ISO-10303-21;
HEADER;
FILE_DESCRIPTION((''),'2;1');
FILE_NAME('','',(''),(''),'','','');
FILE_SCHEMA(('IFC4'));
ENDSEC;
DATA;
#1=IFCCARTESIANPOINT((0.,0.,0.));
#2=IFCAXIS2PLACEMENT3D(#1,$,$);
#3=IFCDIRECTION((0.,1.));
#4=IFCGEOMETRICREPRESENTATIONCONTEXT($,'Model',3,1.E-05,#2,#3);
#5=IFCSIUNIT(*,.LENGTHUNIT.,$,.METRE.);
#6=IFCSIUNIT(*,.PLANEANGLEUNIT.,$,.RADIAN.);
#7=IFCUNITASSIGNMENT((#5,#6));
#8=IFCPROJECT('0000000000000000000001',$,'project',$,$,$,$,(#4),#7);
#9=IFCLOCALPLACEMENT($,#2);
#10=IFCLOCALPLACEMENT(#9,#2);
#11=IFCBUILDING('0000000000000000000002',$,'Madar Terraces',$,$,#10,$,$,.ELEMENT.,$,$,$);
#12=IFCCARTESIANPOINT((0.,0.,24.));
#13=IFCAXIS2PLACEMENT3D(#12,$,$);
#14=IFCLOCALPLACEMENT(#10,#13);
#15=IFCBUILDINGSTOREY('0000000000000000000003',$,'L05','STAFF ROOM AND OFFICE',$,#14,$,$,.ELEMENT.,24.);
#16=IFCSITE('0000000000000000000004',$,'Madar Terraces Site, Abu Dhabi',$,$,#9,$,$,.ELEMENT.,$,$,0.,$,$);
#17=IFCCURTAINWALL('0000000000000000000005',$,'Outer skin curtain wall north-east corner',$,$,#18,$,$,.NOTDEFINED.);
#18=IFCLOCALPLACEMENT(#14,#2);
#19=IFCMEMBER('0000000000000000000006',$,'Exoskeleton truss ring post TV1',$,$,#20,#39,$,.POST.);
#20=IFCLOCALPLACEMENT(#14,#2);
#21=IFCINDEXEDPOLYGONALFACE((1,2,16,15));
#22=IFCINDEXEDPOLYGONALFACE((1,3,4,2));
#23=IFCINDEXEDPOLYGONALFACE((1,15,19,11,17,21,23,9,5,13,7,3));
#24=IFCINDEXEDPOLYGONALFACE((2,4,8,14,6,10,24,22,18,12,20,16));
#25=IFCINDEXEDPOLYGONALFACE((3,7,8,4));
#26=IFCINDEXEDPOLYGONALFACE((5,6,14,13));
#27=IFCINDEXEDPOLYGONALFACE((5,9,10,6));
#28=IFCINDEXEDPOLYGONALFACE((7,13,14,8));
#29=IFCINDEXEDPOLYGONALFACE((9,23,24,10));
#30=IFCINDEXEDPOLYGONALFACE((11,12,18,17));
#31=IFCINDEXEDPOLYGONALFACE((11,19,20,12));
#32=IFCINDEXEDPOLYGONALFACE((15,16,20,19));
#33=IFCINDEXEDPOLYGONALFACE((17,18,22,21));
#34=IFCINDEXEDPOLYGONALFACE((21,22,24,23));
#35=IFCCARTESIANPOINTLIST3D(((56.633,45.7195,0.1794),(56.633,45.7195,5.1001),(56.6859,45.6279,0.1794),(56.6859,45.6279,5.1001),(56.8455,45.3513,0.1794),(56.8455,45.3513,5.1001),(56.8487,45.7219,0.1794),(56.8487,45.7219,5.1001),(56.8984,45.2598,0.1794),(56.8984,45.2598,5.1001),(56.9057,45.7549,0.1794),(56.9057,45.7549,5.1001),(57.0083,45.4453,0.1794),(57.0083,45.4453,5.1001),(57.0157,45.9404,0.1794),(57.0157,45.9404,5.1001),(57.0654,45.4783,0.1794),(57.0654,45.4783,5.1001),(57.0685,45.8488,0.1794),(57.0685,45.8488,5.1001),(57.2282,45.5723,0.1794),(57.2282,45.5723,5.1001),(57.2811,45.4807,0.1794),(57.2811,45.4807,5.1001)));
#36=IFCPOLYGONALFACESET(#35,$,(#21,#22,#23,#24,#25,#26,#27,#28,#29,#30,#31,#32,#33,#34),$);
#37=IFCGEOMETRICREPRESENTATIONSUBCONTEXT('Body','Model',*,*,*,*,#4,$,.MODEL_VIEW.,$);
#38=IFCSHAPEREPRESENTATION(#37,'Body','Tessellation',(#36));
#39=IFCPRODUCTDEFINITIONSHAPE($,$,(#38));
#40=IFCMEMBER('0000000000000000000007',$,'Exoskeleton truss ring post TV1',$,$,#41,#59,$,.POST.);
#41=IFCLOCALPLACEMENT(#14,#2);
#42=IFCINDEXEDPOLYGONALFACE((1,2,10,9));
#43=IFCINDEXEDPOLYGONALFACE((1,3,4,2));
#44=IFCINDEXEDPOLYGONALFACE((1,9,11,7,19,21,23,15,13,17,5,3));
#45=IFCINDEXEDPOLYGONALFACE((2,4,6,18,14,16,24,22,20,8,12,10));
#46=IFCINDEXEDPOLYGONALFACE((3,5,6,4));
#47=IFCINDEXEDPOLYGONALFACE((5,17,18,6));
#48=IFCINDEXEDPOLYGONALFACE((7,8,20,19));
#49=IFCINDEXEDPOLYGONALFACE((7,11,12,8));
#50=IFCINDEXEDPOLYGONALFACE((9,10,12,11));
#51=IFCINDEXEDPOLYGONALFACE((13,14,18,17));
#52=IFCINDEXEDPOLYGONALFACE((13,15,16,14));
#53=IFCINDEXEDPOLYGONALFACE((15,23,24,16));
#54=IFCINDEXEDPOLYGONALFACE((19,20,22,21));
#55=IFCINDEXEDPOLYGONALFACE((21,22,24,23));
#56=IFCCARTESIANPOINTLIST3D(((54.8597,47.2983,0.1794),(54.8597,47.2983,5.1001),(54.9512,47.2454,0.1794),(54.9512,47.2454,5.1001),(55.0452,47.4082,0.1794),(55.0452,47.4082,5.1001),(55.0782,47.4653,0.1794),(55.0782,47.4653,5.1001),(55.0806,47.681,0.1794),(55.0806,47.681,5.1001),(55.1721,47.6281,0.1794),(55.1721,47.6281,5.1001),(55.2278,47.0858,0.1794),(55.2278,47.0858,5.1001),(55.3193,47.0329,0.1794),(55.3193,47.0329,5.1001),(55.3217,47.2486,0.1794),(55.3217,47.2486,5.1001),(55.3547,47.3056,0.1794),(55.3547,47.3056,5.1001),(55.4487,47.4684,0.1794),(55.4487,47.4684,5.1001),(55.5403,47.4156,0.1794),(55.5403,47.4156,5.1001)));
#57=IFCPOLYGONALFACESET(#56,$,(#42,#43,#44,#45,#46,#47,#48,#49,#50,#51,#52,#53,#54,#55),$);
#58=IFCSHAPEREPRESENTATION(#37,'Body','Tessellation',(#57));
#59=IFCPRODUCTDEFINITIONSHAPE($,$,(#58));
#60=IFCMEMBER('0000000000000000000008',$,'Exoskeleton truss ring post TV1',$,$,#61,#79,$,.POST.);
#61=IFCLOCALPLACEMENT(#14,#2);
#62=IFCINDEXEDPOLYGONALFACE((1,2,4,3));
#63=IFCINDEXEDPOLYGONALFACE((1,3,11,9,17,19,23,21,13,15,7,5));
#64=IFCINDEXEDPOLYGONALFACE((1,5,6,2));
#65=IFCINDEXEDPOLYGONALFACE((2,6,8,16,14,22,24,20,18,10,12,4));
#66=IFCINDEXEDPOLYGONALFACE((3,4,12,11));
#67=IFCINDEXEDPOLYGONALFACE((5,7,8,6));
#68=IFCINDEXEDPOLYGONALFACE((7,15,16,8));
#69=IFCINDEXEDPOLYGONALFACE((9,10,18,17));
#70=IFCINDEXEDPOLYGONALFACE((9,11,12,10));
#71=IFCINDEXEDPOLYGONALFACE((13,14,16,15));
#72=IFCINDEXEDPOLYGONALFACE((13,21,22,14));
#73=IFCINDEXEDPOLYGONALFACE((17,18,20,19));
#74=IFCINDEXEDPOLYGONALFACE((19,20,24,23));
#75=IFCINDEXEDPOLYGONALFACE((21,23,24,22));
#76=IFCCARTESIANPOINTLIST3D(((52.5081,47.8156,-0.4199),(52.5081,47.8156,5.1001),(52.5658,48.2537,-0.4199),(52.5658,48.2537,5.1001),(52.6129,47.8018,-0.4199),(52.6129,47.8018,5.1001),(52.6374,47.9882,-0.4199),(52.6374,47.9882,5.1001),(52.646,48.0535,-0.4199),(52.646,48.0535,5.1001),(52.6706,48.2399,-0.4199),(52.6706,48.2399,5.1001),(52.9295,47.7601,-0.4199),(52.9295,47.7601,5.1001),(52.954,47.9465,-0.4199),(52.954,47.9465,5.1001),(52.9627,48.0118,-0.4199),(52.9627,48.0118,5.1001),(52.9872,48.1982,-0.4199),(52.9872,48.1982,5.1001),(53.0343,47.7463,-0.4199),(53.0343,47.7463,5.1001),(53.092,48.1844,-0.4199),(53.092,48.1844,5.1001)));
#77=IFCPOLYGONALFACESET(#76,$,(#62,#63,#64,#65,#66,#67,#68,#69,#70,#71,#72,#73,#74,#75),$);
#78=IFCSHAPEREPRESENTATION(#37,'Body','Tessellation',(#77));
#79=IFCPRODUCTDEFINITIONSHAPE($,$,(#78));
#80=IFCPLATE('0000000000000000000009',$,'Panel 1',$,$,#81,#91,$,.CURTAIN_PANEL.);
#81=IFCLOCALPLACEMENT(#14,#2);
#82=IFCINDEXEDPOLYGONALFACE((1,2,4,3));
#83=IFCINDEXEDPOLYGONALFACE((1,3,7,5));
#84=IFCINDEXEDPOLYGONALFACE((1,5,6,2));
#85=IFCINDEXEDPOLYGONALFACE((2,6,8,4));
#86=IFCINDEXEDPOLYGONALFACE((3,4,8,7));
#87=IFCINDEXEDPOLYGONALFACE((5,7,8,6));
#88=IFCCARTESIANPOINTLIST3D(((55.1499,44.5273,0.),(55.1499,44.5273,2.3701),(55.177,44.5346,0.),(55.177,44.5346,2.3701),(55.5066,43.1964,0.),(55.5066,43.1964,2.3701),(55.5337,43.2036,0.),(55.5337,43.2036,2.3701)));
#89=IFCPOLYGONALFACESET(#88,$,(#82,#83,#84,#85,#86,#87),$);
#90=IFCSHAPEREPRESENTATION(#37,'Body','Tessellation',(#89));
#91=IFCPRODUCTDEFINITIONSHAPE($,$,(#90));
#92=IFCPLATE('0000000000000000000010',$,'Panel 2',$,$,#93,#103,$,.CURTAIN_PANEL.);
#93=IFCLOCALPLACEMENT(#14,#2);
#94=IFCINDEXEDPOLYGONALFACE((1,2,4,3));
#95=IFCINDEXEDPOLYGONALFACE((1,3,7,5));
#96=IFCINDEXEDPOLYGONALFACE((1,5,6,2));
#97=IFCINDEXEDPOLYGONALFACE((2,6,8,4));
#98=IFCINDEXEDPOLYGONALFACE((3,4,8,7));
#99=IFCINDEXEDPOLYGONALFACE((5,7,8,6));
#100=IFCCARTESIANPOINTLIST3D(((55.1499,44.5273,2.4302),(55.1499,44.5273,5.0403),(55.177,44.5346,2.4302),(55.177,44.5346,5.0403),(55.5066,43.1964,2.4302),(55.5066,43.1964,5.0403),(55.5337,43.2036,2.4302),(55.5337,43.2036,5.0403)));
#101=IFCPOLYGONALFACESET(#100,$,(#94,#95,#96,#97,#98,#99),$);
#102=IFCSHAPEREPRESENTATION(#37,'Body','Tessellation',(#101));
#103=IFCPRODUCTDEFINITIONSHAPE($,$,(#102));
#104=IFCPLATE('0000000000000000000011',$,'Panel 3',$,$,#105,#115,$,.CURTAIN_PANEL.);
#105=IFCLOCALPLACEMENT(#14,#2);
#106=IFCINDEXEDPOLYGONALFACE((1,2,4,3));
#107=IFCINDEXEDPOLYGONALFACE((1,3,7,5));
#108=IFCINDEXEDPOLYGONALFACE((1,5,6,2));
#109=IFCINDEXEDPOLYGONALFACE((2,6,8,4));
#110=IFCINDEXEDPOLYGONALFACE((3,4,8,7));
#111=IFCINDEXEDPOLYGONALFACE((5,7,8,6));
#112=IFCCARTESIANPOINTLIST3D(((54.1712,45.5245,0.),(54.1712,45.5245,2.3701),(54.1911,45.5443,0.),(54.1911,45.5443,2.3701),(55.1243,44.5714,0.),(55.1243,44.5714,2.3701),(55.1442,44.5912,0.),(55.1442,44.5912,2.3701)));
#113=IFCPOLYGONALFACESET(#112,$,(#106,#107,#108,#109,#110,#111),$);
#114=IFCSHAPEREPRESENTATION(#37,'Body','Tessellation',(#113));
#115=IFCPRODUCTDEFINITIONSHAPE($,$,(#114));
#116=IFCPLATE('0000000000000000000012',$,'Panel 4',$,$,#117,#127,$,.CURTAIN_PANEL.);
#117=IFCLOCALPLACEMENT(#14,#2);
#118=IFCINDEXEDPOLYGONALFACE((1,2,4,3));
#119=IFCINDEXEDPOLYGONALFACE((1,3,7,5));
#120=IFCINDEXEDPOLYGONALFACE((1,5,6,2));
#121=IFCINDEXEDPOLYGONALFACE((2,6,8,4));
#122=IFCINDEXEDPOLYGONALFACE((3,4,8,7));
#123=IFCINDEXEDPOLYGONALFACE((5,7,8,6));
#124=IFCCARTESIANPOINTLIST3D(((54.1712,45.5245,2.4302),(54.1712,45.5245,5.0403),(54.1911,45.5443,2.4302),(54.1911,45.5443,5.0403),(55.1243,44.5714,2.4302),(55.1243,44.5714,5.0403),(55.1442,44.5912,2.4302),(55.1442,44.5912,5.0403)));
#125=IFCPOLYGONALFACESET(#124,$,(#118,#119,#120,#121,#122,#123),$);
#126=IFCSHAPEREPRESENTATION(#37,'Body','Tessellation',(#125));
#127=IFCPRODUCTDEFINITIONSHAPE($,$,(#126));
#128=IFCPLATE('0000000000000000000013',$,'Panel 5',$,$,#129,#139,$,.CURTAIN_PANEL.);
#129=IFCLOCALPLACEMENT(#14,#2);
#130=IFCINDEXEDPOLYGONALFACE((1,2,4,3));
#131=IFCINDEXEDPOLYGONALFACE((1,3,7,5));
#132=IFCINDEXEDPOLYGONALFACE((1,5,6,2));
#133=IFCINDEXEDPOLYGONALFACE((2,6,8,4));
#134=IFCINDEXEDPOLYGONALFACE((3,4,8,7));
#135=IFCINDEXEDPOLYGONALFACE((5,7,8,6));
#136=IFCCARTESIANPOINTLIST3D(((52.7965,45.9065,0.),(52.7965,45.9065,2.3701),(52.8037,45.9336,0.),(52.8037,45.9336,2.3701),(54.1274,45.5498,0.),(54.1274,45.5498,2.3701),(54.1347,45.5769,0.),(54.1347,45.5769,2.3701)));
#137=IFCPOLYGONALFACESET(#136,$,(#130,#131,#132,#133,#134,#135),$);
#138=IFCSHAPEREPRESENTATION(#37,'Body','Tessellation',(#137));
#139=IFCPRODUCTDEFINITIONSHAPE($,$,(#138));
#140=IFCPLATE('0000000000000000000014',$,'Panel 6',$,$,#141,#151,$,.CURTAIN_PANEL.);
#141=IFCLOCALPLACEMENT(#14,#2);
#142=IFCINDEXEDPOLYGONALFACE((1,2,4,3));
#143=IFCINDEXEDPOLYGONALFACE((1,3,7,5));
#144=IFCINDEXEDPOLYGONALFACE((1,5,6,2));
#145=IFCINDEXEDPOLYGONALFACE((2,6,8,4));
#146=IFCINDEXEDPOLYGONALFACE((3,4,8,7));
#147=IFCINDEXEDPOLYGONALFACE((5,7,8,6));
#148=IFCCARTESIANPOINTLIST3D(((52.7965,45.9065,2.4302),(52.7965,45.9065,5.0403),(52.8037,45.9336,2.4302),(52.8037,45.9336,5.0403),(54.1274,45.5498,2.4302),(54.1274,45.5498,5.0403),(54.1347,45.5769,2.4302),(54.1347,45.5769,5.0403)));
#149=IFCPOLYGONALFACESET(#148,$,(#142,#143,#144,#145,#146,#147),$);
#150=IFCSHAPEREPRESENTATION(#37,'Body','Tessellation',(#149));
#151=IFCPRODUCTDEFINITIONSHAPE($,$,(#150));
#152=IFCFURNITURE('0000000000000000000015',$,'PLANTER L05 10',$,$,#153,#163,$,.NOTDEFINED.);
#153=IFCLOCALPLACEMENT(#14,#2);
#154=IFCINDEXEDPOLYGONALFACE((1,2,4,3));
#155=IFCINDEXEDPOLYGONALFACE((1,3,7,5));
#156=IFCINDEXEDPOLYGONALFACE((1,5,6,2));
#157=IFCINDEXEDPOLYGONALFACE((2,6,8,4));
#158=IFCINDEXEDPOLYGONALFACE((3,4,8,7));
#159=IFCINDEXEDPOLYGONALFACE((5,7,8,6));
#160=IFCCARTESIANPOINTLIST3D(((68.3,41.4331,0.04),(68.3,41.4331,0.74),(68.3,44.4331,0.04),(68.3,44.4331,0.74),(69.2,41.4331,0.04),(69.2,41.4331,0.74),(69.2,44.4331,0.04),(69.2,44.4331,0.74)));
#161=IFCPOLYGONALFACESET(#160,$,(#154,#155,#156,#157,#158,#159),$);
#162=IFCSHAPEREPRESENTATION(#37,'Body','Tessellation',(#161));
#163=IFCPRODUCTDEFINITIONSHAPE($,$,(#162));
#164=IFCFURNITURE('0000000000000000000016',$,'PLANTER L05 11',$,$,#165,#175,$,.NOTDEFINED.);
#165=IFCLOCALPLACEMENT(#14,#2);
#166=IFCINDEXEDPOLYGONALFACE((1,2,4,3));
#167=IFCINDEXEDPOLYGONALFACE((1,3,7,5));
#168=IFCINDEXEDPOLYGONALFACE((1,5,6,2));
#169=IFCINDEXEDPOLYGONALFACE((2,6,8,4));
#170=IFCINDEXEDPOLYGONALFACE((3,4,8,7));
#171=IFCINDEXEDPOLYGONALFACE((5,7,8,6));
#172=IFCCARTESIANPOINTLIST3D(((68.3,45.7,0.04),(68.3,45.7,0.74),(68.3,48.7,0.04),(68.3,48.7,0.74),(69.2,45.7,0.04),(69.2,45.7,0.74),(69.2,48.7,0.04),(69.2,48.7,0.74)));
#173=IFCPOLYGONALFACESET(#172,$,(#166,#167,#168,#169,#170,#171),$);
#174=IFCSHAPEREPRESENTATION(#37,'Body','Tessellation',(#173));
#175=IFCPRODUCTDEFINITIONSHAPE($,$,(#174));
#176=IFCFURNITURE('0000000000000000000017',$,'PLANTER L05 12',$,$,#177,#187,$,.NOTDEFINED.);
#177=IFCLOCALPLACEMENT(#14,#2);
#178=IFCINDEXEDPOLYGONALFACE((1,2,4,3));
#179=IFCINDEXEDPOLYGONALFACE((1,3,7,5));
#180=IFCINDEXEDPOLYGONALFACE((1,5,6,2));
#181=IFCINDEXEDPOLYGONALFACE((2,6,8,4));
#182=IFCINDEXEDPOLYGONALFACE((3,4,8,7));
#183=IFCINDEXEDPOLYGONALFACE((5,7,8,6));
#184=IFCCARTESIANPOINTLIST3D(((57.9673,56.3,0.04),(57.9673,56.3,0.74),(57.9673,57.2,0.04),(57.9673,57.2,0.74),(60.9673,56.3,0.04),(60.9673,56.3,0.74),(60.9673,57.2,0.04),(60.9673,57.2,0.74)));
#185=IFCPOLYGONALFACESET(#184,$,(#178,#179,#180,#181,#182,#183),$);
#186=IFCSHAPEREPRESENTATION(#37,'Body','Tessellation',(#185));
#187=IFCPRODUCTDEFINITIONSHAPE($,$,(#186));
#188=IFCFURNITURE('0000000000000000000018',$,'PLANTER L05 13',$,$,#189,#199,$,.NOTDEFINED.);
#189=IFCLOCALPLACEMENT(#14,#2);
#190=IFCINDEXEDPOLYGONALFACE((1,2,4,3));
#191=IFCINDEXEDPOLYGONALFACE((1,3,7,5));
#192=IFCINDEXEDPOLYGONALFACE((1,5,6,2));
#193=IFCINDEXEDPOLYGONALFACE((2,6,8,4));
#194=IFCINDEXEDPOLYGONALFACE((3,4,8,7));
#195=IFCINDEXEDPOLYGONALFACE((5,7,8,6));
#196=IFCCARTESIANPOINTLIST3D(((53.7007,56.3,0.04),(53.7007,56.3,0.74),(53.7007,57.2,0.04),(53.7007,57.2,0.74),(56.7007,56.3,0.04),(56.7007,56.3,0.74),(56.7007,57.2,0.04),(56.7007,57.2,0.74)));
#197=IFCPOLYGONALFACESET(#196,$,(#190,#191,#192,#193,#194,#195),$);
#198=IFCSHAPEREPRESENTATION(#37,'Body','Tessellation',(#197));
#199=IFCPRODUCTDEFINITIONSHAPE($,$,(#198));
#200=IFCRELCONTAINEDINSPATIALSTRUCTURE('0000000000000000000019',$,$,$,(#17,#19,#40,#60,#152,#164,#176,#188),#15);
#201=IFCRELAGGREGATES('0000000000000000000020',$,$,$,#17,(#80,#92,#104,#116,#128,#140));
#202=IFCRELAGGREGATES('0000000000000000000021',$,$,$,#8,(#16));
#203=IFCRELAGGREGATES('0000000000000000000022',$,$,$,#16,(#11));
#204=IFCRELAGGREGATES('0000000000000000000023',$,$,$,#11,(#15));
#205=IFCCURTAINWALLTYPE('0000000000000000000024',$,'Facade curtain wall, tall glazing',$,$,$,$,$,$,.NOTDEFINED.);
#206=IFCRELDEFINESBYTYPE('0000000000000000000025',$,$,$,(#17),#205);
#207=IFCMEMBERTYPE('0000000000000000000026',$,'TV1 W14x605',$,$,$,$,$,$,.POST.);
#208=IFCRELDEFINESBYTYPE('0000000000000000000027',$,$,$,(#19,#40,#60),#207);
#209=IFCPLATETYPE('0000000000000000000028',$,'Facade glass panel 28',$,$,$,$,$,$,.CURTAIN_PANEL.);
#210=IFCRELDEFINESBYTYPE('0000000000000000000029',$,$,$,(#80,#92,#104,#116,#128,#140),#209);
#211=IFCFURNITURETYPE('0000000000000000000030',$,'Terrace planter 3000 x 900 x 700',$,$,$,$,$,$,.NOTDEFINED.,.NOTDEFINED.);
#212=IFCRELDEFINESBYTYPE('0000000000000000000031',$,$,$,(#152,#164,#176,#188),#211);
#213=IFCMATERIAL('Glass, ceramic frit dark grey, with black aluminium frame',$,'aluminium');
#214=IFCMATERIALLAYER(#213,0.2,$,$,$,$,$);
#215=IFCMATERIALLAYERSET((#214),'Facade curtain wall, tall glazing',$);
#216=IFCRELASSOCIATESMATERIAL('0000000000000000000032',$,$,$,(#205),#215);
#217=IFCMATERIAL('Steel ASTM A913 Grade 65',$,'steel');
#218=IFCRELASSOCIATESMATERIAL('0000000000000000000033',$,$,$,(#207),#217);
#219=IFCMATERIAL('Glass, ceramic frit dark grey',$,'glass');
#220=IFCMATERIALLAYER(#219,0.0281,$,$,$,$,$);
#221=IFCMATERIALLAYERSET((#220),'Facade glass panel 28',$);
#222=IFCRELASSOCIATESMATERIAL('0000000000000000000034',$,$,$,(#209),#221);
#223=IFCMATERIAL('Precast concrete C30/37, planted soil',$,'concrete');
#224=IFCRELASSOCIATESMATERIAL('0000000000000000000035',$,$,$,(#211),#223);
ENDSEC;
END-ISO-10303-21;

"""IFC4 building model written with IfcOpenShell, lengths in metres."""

from ifc_helpers import new_model, si_unit, direction, frame, origin, origin_2d, place, context, subcontext, project, spatial, rectangle, i_section, extrude, material, layer, layer_set, material_profile, profile_set, type_object, element, aggregate, save


model = new_model("IFC4")

# Units and contexts
model_context = context("Model", 3, precision=1e-05, world=origin(), true_north=direction((0.0, 1.0)))
body_context = subcontext(model_context, "Body", "Model", "MODEL_VIEW")
ifc_project = project(units=[si_unit("LENGTHUNIT", "METRE"), si_unit("PLANEANGLEUNIT", "RADIAN")], contexts=[model_context])

# Site, building, storey
site_placement = place(None, origin())
site = spatial("IfcSite", under=ifc_project, at=site_placement, Name="Madar Terraces Site, Abu Dhabi", CompositionType="ELEMENT", RefElevation=0.0)
building_placement = place(site_placement, origin())
building = spatial("IfcBuilding", under=site, at=building_placement, Name="Madar Terraces", CompositionType="ELEMENT")
storey_placement = place(building_placement, frame((0.0, 0.0, 24.0)))
storey = spatial("IfcBuildingStorey", under=building, at=storey_placement, Name="L05", Description="STAFF ROOM AND OFFICE", CompositionType="ELEMENT", Elevation=24.0)

# Curtain wall
ifc_material_1 = material(Name="Glass, ceramic frit dark grey, with black aluminium frame", Category="aluminium")
ifc_layer_1 = layer(ifc_material_1, 0.2)
ifc_layer_set_1 = layer_set([ifc_layer_1], Name="Facade curtain wall, tall glazing")
curtain_wall_type = type_object("IfcCurtainWallType", Name="Facade curtain wall, tall glazing", PredefinedType="NOTDEFINED", material=ifc_layer_set_1)
curtain_wall_1_placement = place(storey_placement, origin())
curtain_wall_1 = element("IfcCurtainWall", 1, at=curtain_wall_1_placement, inside=storey, type_object=curtain_wall_type, Name="Outer skin curtain wall north-east corner", PredefinedType="NOTDEFINED")

# Members
ifc_material_2 = material(Name="Steel ASTM A913 Grade 65", Category="steel")
ifc_material_profile_1 = material_profile(ifc_material_2, i_section(OverallWidth=0.4419, OverallDepth=0.5308, WebThickness=0.0659, FlangeThickness=0.1057, at=origin_2d()), Name="W14x605")
ifc_profile_set_1 = profile_set([ifc_material_profile_1], Name="Steel ASTM A913 Grade 65")
member_type_1 = type_object("IfcMemberType", Name="TV1 W14x605", PredefinedType="POST", material=ifc_profile_set_1)
for number, where, z_axis, x_axis, name in (
    (2, (56.957, 45.6001, 0.1794), (0.0, 0.0, 1.0), (-0.866025, -0.5, 0.0), "Exoskeleton truss ring post TV1"),
    (3, (55.2, 47.3569, 0.1794), (0.0, 0.0, 1.0), (-0.5, -0.866025, 0.0), "Exoskeleton truss ring post TV1"),
):
    element("IfcMember", number, at=place(storey_placement, frame(where, z_axis=z_axis, x_axis=x_axis)), inside=storey, type_object=member_type_1, Name=name, PredefinedType="POST", context=body_context, shape_type="SweptSolid", body=[
        extrude(i_section(OverallWidth=0.4419, OverallDepth=0.5308, WebThickness=0.0659, FlangeThickness=0.1057, at=origin_2d()), origin(), (0.0, 0.0, 1.0), 4.9207),
    ])
member_1_placement = place(storey_placement, frame((52.8, 48.0, -0.4199), z_axis=(0.0, 0.0, 1.0), x_axis=(-0.130526, -0.991445, 0.0)))
element("IfcMember", 4, at=member_1_placement, inside=storey, type_object=member_type_1, Name="Exoskeleton truss ring post TV1", PredefinedType="POST", context=body_context, shape_type="SweptSolid", body=[
    extrude(i_section(OverallWidth=0.4419, OverallDepth=0.5308, WebThickness=0.0659, FlangeThickness=0.1057, at=origin_2d()), origin(), (0.0, 0.0, 1.0), 5.52),
])

# Plates
ifc_material_3 = material(Name="Glass, ceramic frit dark grey", Category="glass")
ifc_layer_2 = layer(ifc_material_3, 0.0281)
ifc_layer_set_2 = layer_set([ifc_layer_2], Name="Facade glass panel 28")
plate_type = type_object("IfcPlateType", Name="Facade glass panel 28", PredefinedType="CURTAIN_PANEL", material=ifc_layer_set_2)
plate_1_placement = place(storey_placement, frame((55.3418, 43.8655, 0.0), z_axis=(0.0, 0.0, 1.0), x_axis=(-0.258819, 0.965926, 0.0)))
plate_1 = element("IfcPlate", 5, at=plate_1_placement, type_object=plate_type, Name="Panel 1", PredefinedType="CURTAIN_PANEL", context=body_context, shape_type="SweptSolid", body=[
    extrude(rectangle(XDim=1.3779, YDim=0.0281, at=origin_2d()), origin(), (0.0, 0.0, 1.0), 2.3701),
])
plate_2_placement = place(storey_placement, frame((55.3418, 43.8655, 2.4302), z_axis=(0.0, 0.0, 1.0), x_axis=(-0.258819, 0.965926, 0.0)))
plate_2 = element("IfcPlate", 6, at=plate_2_placement, type_object=plate_type, Name="Panel 2", PredefinedType="CURTAIN_PANEL", context=body_context, shape_type="SweptSolid", body=[
    extrude(rectangle(XDim=1.3779, YDim=0.0281, at=origin_2d()), origin(), (0.0, 0.0, 1.0), 2.6101),
])
plate_3_placement = place(storey_placement, frame((54.6577, 45.0579, 0.0), z_axis=(0.0, 0.0, 1.0), x_axis=(-0.707107, 0.707107, 0.0)))
plate_3 = element("IfcPlate", 7, at=plate_3_placement, type_object=plate_type, Name="Panel 3", PredefinedType="CURTAIN_PANEL", context=body_context, shape_type="SweptSolid", body=[
    extrude(rectangle(XDim=1.3479, YDim=0.0281, at=origin_2d()), origin(), (0.0, 0.0, 1.0), 2.3701),
])
plate_4_placement = place(storey_placement, frame((54.6577, 45.0579, 2.4302), z_axis=(0.0, 0.0, 1.0), x_axis=(-0.707107, 0.707107, 0.0)))
plate_4 = element("IfcPlate", 8, at=plate_4_placement, type_object=plate_type, Name="Panel 4", PredefinedType="CURTAIN_PANEL", context=body_context, shape_type="SweptSolid", body=[
    extrude(rectangle(XDim=1.3479, YDim=0.0281, at=origin_2d()), origin(), (0.0, 0.0, 1.0), 2.6101),
])
plate_5_placement = place(storey_placement, frame((53.4656, 45.7417, 0.0), z_axis=(0.0, 0.0, 1.0), x_axis=(-0.965926, 0.258819, 0.0)))
plate_5 = element("IfcPlate", 9, at=plate_5_placement, type_object=plate_type, Name="Panel 5", PredefinedType="CURTAIN_PANEL", context=body_context, shape_type="SweptSolid", body=[
    extrude(rectangle(XDim=1.3779, YDim=0.0281, at=origin_2d()), origin(), (0.0, 0.0, 1.0), 2.3701),
])
plate_6_placement = place(storey_placement, frame((53.4656, 45.7417, 2.4302), z_axis=(0.0, 0.0, 1.0), x_axis=(-0.965926, 0.258819, 0.0)))
plate_6 = element("IfcPlate", 10, at=plate_6_placement, type_object=plate_type, Name="Panel 6", PredefinedType="CURTAIN_PANEL", context=body_context, shape_type="SweptSolid", body=[
    extrude(rectangle(XDim=1.3779, YDim=0.0281, at=origin_2d()), origin(), (0.0, 0.0, 1.0), 2.6101),
])
aggregate(curtain_wall_1, [plate_1, plate_2, plate_3, plate_4, plate_5, plate_6])

# Furniture
ifc_material_4 = material(Name="Precast concrete C30/37, planted soil", Category="concrete")
furniture_type = type_object("IfcFurnitureType", Name="Terrace planter 3000 x 900 x 700", AssemblyPlace="NOTDEFINED", PredefinedType="NOTDEFINED", material=ifc_material_4)
for number, where, z_axis, x_axis, name in (
    (11, (68.75, 42.9331, 0.04), (0.0, 0.0, 1.0), (0.0, 1.0, 0.0), "PLANTER L05 10"),
    (12, (68.75, 47.2, 0.04), (0.0, 0.0, 1.0), (0.0, 1.0, 0.0), "PLANTER L05 11"),
    (13, (59.4673, 56.75, 0.04), (0.0, 0.0, 1.0), (-1.0, 0.0, 0.0), "PLANTER L05 12"),
    (14, (55.2007, 56.75, 0.04), (0.0, 0.0, 1.0), (-1.0, 0.0, 0.0), "PLANTER L05 13"),
):
    element("IfcFurniture", number, at=place(storey_placement, frame(where, z_axis=z_axis, x_axis=x_axis)), inside=storey, type_object=furniture_type, Name=name, PredefinedType="NOTDEFINED", context=body_context, shape_type="SweptSolid", body=[
        extrude(rectangle(XDim=3.0, YDim=0.8999, at=origin_2d()), origin(), (0.0, 0.0, 1.0), 0.7),
    ])

save(model, "model.ifc")
